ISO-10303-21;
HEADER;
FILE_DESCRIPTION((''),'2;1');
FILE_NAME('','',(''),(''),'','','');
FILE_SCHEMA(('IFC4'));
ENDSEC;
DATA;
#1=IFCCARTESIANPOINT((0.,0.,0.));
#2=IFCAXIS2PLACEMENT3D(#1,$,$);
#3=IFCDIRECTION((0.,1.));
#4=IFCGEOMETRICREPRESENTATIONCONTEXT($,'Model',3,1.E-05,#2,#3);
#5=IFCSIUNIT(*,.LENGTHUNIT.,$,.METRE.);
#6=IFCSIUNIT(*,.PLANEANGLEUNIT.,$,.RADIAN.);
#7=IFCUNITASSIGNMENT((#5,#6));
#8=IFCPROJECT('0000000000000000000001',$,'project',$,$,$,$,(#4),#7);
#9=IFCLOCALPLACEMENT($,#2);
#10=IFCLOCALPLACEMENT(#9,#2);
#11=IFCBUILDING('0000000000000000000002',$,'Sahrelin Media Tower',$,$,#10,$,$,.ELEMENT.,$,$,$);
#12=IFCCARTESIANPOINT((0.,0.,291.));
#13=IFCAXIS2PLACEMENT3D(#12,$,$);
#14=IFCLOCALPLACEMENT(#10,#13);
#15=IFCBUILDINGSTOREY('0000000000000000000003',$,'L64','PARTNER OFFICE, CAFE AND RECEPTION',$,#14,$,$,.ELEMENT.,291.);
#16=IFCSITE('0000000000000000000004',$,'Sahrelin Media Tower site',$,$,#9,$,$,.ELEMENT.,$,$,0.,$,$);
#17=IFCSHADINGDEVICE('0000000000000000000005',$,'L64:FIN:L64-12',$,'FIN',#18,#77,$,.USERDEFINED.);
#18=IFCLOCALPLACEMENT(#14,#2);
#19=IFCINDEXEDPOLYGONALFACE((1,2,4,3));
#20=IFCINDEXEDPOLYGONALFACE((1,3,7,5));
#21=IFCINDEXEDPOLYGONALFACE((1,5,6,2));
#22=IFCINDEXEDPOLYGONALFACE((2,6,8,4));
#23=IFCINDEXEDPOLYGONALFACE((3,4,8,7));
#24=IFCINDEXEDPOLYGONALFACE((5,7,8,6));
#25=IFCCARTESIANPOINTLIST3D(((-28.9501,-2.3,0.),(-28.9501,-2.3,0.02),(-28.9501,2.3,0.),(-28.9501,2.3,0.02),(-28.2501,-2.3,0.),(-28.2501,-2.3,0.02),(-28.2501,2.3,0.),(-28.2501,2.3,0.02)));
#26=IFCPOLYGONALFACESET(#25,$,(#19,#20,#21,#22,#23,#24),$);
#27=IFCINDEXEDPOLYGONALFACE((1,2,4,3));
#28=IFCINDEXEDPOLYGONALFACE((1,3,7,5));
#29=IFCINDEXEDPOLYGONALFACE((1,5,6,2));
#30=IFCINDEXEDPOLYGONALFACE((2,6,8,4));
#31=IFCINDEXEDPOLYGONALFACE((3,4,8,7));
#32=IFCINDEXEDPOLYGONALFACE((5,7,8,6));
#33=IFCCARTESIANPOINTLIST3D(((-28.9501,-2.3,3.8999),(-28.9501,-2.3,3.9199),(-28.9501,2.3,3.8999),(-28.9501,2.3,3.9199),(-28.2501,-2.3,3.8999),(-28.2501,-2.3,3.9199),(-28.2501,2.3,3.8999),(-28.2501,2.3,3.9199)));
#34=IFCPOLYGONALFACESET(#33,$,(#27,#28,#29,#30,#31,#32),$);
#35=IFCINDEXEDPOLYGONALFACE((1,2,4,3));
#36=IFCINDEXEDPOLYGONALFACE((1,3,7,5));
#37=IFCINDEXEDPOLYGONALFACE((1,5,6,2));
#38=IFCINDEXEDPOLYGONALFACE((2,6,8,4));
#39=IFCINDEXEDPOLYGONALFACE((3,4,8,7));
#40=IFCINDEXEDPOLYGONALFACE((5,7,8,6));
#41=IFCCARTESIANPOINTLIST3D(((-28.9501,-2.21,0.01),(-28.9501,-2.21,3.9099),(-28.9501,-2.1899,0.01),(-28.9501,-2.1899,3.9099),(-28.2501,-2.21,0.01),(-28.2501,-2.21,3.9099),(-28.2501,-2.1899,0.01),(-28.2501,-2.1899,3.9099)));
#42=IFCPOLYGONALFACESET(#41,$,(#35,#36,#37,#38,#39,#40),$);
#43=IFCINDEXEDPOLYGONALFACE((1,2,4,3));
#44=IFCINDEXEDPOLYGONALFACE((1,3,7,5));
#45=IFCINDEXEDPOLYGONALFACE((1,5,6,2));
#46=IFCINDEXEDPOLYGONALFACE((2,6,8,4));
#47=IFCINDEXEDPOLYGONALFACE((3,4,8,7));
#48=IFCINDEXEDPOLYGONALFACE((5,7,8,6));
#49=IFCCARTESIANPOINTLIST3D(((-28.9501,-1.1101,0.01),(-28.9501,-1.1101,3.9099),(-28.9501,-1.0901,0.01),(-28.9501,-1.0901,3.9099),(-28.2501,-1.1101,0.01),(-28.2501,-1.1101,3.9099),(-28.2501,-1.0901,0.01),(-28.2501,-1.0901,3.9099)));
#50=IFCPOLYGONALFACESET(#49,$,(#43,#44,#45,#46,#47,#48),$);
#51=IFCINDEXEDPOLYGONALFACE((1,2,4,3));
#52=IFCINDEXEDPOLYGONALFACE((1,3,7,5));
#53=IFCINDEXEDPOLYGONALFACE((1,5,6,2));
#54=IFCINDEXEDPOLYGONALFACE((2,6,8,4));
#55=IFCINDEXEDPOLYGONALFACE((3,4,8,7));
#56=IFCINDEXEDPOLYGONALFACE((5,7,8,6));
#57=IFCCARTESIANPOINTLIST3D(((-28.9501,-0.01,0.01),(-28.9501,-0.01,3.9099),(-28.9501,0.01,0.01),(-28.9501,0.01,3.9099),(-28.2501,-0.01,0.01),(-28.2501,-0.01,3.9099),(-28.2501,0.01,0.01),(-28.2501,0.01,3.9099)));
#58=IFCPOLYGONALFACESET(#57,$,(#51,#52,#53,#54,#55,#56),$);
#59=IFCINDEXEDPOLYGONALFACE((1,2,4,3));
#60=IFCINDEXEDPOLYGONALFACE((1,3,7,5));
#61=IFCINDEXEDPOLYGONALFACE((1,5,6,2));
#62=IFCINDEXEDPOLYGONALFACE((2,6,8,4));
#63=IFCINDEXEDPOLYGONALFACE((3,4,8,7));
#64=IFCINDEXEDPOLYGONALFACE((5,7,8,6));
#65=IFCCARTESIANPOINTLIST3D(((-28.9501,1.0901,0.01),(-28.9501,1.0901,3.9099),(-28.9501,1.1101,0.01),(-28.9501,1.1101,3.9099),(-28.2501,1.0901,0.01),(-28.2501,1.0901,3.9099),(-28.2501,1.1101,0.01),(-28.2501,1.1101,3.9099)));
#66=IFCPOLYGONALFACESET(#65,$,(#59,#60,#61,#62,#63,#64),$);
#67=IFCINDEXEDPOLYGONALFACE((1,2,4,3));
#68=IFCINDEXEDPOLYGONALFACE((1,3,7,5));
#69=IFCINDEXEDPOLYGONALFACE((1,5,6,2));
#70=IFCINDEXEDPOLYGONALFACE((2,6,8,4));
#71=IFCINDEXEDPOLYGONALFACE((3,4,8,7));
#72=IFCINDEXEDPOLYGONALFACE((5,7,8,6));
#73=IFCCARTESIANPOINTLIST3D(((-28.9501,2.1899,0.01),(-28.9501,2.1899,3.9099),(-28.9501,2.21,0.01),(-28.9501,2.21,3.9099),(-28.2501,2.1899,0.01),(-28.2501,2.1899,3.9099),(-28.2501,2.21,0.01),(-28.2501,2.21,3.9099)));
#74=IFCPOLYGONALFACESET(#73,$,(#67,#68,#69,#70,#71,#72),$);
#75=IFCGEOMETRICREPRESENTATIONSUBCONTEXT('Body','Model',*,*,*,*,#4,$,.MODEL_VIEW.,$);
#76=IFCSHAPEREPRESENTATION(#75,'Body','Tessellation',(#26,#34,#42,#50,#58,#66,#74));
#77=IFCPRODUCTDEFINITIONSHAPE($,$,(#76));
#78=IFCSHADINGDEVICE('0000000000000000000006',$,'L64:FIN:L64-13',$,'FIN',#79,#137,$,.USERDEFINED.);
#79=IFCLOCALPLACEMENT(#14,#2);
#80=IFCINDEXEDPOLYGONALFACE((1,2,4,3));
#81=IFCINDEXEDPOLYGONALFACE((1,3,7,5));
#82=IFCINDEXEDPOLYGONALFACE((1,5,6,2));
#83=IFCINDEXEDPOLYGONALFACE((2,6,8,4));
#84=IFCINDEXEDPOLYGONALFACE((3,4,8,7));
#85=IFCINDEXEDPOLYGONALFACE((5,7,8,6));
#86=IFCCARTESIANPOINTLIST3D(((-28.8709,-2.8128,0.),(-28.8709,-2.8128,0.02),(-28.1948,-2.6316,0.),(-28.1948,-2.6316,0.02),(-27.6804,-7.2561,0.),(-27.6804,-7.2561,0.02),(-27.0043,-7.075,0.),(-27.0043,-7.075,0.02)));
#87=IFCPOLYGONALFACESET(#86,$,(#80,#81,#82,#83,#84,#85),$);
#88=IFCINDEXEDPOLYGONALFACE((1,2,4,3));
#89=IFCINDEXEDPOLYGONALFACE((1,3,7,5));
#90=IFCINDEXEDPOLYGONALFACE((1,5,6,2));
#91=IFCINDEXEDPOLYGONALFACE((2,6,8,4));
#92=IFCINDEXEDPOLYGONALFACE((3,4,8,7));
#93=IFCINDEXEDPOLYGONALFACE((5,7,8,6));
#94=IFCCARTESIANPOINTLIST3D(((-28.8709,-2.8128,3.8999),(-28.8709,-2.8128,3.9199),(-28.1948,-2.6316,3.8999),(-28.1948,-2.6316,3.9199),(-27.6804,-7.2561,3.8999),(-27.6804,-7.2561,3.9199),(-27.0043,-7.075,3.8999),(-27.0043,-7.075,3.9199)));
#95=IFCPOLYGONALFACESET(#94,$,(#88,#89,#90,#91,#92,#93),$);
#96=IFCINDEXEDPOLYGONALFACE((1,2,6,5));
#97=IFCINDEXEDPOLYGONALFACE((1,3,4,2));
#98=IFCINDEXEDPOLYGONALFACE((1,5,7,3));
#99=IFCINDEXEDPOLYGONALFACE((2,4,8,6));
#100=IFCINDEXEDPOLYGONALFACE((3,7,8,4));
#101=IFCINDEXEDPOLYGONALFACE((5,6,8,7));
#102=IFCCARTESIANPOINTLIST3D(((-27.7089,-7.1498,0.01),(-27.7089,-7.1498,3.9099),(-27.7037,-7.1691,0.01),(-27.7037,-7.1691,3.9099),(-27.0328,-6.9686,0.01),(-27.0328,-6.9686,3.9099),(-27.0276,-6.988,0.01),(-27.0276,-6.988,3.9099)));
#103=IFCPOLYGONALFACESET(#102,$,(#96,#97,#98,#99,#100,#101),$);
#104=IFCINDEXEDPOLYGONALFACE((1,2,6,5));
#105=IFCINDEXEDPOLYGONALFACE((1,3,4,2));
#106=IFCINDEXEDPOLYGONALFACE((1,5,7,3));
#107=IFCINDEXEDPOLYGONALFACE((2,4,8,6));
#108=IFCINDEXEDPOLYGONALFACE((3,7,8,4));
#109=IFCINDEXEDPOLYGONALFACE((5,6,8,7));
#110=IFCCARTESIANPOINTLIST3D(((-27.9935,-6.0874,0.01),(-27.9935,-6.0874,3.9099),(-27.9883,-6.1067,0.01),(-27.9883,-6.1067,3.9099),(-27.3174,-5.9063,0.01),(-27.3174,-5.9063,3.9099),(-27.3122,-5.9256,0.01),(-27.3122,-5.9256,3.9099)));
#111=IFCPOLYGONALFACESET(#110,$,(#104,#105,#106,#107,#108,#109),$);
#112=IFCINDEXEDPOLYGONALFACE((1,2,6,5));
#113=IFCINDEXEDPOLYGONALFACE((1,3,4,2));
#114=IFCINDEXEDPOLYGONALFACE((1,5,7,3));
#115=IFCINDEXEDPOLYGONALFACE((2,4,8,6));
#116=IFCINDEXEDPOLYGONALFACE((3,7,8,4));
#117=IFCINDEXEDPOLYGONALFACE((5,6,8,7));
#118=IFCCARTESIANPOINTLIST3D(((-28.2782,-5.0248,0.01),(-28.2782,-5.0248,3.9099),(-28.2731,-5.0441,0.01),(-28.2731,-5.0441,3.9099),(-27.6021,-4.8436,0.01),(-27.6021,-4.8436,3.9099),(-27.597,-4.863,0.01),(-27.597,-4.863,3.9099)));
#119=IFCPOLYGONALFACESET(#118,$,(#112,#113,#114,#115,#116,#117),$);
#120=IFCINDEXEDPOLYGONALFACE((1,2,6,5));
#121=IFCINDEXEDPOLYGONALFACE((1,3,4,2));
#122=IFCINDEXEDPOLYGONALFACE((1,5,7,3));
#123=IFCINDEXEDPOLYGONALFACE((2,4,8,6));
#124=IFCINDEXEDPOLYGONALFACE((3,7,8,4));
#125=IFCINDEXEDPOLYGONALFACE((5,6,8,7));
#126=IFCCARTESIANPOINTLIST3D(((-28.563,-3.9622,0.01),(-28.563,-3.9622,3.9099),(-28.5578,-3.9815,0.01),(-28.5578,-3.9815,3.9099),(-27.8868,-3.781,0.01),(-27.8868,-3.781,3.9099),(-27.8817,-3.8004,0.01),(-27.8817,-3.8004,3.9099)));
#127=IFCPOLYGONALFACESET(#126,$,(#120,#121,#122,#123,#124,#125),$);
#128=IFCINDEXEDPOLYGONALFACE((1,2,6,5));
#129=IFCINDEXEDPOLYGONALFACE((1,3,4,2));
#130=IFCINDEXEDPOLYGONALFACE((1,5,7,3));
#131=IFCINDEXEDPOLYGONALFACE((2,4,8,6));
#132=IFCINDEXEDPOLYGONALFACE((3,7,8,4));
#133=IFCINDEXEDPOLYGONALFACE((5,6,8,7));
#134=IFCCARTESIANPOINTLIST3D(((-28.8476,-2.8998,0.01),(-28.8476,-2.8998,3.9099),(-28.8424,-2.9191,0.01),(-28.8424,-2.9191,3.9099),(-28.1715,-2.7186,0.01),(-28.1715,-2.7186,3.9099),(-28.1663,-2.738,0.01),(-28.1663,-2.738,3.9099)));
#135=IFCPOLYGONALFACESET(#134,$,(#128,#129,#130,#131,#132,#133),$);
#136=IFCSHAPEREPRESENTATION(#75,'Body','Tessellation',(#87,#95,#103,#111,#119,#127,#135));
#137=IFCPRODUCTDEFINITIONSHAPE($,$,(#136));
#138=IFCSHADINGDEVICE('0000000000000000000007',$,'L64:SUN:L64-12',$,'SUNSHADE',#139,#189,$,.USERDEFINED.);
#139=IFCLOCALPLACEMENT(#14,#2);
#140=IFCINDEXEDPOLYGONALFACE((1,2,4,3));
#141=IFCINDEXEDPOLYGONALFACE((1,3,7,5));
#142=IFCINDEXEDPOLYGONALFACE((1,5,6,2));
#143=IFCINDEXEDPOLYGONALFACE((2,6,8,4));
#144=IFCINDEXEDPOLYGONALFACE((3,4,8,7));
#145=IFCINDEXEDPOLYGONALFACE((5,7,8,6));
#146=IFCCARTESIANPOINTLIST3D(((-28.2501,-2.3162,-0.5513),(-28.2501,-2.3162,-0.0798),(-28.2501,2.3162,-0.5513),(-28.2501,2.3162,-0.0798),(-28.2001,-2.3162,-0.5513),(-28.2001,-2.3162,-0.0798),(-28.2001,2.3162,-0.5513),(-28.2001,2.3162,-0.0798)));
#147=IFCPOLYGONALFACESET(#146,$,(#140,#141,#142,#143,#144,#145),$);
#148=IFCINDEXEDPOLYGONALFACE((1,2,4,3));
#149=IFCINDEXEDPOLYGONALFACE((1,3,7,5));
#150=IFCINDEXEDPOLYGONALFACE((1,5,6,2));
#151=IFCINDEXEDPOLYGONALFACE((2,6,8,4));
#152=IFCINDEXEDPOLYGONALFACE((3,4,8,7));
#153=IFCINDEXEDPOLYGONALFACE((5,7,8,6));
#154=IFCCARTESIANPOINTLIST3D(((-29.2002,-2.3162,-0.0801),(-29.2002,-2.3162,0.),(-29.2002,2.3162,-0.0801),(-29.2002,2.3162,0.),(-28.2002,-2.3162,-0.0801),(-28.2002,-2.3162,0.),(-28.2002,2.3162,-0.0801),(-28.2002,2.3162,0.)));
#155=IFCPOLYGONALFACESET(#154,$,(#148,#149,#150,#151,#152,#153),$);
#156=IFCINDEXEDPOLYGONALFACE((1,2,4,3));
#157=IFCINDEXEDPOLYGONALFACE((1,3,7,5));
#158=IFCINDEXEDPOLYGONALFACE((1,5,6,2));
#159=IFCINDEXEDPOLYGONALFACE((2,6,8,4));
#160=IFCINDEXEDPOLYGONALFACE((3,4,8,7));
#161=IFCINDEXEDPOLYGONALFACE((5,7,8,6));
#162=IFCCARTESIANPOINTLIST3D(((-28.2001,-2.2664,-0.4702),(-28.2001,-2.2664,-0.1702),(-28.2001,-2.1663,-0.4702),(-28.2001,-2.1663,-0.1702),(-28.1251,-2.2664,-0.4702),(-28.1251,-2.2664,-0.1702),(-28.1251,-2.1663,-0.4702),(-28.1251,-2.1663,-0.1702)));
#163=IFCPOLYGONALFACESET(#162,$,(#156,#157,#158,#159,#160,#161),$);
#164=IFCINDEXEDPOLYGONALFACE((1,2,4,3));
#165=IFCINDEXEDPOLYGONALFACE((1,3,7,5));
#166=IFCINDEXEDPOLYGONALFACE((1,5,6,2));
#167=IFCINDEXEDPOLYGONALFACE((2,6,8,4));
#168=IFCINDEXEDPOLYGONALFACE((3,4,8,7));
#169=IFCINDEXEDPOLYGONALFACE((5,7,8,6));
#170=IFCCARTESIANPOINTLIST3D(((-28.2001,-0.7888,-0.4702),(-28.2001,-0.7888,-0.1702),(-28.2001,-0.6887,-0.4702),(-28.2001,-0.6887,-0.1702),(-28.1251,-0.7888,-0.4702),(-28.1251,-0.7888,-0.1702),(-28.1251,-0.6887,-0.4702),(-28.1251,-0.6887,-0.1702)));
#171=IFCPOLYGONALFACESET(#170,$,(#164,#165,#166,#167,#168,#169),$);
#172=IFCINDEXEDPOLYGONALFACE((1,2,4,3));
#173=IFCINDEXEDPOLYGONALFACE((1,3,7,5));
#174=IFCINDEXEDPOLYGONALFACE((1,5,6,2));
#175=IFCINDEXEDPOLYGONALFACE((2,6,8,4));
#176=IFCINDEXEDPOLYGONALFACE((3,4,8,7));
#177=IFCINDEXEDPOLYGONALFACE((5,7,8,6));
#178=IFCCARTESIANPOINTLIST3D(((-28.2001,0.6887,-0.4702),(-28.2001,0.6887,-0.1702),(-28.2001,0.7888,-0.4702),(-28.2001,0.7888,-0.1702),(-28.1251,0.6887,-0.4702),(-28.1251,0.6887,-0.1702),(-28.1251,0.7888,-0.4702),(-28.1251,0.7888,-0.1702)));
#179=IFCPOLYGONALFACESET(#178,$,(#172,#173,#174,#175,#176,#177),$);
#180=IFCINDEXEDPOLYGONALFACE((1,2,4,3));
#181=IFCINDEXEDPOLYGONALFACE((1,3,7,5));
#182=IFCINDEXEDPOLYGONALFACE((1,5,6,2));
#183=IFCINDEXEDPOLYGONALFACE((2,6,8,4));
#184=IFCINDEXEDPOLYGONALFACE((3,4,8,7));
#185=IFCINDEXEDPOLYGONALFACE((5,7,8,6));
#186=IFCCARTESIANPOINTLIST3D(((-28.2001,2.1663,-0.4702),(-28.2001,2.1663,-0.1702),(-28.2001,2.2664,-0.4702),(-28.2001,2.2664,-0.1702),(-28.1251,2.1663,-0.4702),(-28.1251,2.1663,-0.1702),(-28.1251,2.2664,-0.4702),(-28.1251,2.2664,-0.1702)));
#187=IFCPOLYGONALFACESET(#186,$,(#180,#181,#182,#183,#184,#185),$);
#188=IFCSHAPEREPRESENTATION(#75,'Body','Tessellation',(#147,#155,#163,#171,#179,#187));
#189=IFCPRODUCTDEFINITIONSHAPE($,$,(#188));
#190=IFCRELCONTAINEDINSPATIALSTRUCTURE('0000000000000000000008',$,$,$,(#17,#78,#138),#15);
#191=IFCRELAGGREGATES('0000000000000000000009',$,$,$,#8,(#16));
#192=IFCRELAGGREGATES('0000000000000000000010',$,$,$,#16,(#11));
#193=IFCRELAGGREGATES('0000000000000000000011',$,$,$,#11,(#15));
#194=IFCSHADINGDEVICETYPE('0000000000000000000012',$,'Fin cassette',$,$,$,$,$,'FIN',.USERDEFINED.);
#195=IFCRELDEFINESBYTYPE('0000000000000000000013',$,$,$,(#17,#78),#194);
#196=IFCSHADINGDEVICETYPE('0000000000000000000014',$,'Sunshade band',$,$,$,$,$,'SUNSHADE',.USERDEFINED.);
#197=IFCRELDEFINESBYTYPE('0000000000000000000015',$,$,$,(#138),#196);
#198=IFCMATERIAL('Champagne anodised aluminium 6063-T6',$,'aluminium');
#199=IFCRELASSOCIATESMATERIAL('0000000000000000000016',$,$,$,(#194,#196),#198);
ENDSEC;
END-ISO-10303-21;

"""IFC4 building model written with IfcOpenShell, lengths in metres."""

from ifc_helpers import new_model, si_unit, direction, frame, origin, origin_2d, place, context, subcontext, project, spatial, rectangle, extrude, material, type_object, element, save


model = new_model("IFC4")

# Units and contexts
model_context = context("Model", 3, precision=1e-05, world=origin(), true_north=direction((0.0, 1.0)))
body_context = subcontext(model_context, "Body", "Model", "MODEL_VIEW")
ifc_project = project(units=[si_unit("LENGTHUNIT", "METRE"), si_unit("PLANEANGLEUNIT", "RADIAN")], contexts=[model_context])

# Site, building, storey
site_placement = place(None, origin())
site = spatial("IfcSite", under=ifc_project, at=site_placement, Name="Sahrelin Media Tower site", CompositionType="ELEMENT", RefElevation=0.0)
building_placement = place(site_placement, origin())
building = spatial("IfcBuilding", under=site, at=building_placement, Name="Sahrelin Media Tower", CompositionType="ELEMENT")
storey_placement = place(building_placement, frame((0.0, 0.0, 291.0)))
storey = spatial("IfcBuildingStorey", under=building, at=storey_placement, Name="L64", Description="PARTNER OFFICE, CAFE AND RECEPTION", CompositionType="ELEMENT", Elevation=291.0)

# Shared definitions
ifc_material_1 = material(Name="Champagne anodised aluminium 6063-T6", Category="aluminium")

# Shading devices
shading_device_type_1 = type_object("IfcShadingDeviceType", Name="Fin cassette", ElementType="FIN", PredefinedType="USERDEFINED", material=ifc_material_1)
placement_1 = place(storey_placement, frame((-28.1802, 0.0, 0.0), z_axis=(0.0, 0.0, 1.0), x_axis=(0.0, 1.0, 0.0)))
element("IfcShadingDevice", 1, at=placement_1, inside=storey, type_object=shading_device_type_1, Name="L64:FIN:L64-12", ObjectType="FIN", PredefinedType="USERDEFINED", context=body_context, shape_type="SweptSolid", body=[
    extrude(rectangle(XDim=4.6001, YDim=0.7, at=origin_2d()), frame((0.0, 0.4199, 0.0)), (0.0, 0.0, 1.0), 0.02),
    extrude(rectangle(XDim=4.6001, YDim=0.7, at=origin_2d()), frame((0.0, 0.4199, 3.8999)), (0.0, 0.0, 1.0), 0.02),
    extrude(rectangle(XDim=0.02, YDim=0.7, at=origin_2d()), frame((-2.2, 0.4199, 0.01), z_axis=(0.0, 0.0, 1.0), x_axis=(1.0, 0.0, 0.0)), (0.0, 0.0, 1.0), 3.8999),
    extrude(rectangle(XDim=0.02, YDim=0.7, at=origin_2d()), frame((-1.1001, 0.4199, 0.01), z_axis=(0.0, 0.0, 1.0), x_axis=(1.0, 0.0, 0.0)), (0.0, 0.0, 1.0), 3.8999),
    extrude(rectangle(XDim=0.02, YDim=0.7, at=origin_2d()), frame((0.0, 0.4199, 0.01), z_axis=(0.0, 0.0, 1.0), x_axis=(1.0, 0.0, 0.0)), (0.0, 0.0, 1.0), 3.8999),
    extrude(rectangle(XDim=0.02, YDim=0.7, at=origin_2d()), frame((1.1001, 0.4199, 0.01), z_axis=(0.0, 0.0, 1.0), x_axis=(1.0, 0.0, 0.0)), (0.0, 0.0, 1.0), 3.8999),
    extrude(rectangle(XDim=0.02, YDim=0.7, at=origin_2d()), frame((2.2, 0.4199, 0.01), z_axis=(0.0, 0.0, 1.0), x_axis=(1.0, 0.0, 0.0)), (0.0, 0.0, 1.0), 3.8999),
])
placement_2 = place(storey_placement, frame((-27.532, -4.8352, 0.0), z_axis=(0.0, 0.0, 1.0), x_axis=(-0.258808, 0.965929, 0.0)))
element("IfcShadingDevice", 2, at=placement_2, inside=storey, type_object=shading_device_type_1, Name="L64:FIN:L64-13", ObjectType="FIN", PredefinedType="USERDEFINED", context=body_context, shape_type="SweptSolid", body=[
    extrude(rectangle(XDim=4.6001, YDim=0.7, at=origin_2d()), frame((0.0, 0.4199, 0.0)), (0.0, 0.0, 1.0), 0.02),
    extrude(rectangle(XDim=4.6001, YDim=0.7, at=origin_2d()), frame((0.0, 0.4199, 3.8999)), (0.0, 0.0, 1.0), 0.02),
    extrude(rectangle(XDim=0.02, YDim=0.7, at=origin_2d()), frame((-2.2, 0.4199, 0.01), z_axis=(0.0, 0.0, 1.0), x_axis=(1.0, 0.0, 0.0)), (0.0, 0.0, 1.0), 3.8999),
    extrude(rectangle(XDim=0.02, YDim=0.7, at=origin_2d()), frame((-1.1001, 0.4199, 0.01), z_axis=(0.0, 0.0, 1.0), x_axis=(1.0, 0.0, 0.0)), (0.0, 0.0, 1.0), 3.8999),
    extrude(rectangle(XDim=0.02, YDim=0.7, at=origin_2d()), frame((0.0, 0.4199, 0.01), z_axis=(0.0, 0.0, 1.0), x_axis=(1.0, 0.0, 0.0)), (0.0, 0.0, 1.0), 3.8999),
    extrude(rectangle(XDim=0.02, YDim=0.7, at=origin_2d()), frame((1.1001, 0.4199, 0.01), z_axis=(0.0, 0.0, 1.0), x_axis=(1.0, 0.0, 0.0)), (0.0, 0.0, 1.0), 3.8999),
    extrude(rectangle(XDim=0.02, YDim=0.7, at=origin_2d()), frame((2.2, 0.4199, 0.01), z_axis=(0.0, 0.0, 1.0), x_axis=(1.0, 0.0, 0.0)), (0.0, 0.0, 1.0), 3.8999),
])
shading_device_type_2 = type_object("IfcShadingDeviceType", Name="Sunshade band", ElementType="SUNSHADE", PredefinedType="USERDEFINED", material=ifc_material_1)
element("IfcShadingDevice", 3, at=placement_1, inside=storey, type_object=shading_device_type_2, Name="L64:SUN:L64-12", ObjectType="SUNSHADE", PredefinedType="USERDEFINED", context=body_context, shape_type="SweptSolid", body=[
    extrude(rectangle(XDim=4.6323, YDim=0.05, at=origin_2d()), frame((0.0, 0.0449, -0.5513)), (0.0, 0.0, 1.0), 0.4714),
    extrude(rectangle(XDim=4.6323, YDim=1.0, at=origin_2d()), frame((0.0, 0.52, -0.0801)), (0.0, 0.0, 1.0), 0.0801),
    extrude(rectangle(XDim=0.1001, YDim=0.075, at=origin_2d()), frame((-2.2163, -0.0176, -0.4702)), (0.0, 0.0, 1.0), 0.3),
    extrude(rectangle(XDim=0.1001, YDim=0.075, at=origin_2d()), frame((-0.7388, -0.0176, -0.4702)), (0.0, 0.0, 1.0), 0.3),
    extrude(rectangle(XDim=0.1001, YDim=0.075, at=origin_2d()), frame((0.7388, -0.0176, -0.4702)), (0.0, 0.0, 1.0), 0.3),
    extrude(rectangle(XDim=0.1001, YDim=0.075, at=origin_2d()), frame((2.2163, -0.0176, -0.4702)), (0.0, 0.0, 1.0), 0.3),
])

save(model, "model.ifc")
